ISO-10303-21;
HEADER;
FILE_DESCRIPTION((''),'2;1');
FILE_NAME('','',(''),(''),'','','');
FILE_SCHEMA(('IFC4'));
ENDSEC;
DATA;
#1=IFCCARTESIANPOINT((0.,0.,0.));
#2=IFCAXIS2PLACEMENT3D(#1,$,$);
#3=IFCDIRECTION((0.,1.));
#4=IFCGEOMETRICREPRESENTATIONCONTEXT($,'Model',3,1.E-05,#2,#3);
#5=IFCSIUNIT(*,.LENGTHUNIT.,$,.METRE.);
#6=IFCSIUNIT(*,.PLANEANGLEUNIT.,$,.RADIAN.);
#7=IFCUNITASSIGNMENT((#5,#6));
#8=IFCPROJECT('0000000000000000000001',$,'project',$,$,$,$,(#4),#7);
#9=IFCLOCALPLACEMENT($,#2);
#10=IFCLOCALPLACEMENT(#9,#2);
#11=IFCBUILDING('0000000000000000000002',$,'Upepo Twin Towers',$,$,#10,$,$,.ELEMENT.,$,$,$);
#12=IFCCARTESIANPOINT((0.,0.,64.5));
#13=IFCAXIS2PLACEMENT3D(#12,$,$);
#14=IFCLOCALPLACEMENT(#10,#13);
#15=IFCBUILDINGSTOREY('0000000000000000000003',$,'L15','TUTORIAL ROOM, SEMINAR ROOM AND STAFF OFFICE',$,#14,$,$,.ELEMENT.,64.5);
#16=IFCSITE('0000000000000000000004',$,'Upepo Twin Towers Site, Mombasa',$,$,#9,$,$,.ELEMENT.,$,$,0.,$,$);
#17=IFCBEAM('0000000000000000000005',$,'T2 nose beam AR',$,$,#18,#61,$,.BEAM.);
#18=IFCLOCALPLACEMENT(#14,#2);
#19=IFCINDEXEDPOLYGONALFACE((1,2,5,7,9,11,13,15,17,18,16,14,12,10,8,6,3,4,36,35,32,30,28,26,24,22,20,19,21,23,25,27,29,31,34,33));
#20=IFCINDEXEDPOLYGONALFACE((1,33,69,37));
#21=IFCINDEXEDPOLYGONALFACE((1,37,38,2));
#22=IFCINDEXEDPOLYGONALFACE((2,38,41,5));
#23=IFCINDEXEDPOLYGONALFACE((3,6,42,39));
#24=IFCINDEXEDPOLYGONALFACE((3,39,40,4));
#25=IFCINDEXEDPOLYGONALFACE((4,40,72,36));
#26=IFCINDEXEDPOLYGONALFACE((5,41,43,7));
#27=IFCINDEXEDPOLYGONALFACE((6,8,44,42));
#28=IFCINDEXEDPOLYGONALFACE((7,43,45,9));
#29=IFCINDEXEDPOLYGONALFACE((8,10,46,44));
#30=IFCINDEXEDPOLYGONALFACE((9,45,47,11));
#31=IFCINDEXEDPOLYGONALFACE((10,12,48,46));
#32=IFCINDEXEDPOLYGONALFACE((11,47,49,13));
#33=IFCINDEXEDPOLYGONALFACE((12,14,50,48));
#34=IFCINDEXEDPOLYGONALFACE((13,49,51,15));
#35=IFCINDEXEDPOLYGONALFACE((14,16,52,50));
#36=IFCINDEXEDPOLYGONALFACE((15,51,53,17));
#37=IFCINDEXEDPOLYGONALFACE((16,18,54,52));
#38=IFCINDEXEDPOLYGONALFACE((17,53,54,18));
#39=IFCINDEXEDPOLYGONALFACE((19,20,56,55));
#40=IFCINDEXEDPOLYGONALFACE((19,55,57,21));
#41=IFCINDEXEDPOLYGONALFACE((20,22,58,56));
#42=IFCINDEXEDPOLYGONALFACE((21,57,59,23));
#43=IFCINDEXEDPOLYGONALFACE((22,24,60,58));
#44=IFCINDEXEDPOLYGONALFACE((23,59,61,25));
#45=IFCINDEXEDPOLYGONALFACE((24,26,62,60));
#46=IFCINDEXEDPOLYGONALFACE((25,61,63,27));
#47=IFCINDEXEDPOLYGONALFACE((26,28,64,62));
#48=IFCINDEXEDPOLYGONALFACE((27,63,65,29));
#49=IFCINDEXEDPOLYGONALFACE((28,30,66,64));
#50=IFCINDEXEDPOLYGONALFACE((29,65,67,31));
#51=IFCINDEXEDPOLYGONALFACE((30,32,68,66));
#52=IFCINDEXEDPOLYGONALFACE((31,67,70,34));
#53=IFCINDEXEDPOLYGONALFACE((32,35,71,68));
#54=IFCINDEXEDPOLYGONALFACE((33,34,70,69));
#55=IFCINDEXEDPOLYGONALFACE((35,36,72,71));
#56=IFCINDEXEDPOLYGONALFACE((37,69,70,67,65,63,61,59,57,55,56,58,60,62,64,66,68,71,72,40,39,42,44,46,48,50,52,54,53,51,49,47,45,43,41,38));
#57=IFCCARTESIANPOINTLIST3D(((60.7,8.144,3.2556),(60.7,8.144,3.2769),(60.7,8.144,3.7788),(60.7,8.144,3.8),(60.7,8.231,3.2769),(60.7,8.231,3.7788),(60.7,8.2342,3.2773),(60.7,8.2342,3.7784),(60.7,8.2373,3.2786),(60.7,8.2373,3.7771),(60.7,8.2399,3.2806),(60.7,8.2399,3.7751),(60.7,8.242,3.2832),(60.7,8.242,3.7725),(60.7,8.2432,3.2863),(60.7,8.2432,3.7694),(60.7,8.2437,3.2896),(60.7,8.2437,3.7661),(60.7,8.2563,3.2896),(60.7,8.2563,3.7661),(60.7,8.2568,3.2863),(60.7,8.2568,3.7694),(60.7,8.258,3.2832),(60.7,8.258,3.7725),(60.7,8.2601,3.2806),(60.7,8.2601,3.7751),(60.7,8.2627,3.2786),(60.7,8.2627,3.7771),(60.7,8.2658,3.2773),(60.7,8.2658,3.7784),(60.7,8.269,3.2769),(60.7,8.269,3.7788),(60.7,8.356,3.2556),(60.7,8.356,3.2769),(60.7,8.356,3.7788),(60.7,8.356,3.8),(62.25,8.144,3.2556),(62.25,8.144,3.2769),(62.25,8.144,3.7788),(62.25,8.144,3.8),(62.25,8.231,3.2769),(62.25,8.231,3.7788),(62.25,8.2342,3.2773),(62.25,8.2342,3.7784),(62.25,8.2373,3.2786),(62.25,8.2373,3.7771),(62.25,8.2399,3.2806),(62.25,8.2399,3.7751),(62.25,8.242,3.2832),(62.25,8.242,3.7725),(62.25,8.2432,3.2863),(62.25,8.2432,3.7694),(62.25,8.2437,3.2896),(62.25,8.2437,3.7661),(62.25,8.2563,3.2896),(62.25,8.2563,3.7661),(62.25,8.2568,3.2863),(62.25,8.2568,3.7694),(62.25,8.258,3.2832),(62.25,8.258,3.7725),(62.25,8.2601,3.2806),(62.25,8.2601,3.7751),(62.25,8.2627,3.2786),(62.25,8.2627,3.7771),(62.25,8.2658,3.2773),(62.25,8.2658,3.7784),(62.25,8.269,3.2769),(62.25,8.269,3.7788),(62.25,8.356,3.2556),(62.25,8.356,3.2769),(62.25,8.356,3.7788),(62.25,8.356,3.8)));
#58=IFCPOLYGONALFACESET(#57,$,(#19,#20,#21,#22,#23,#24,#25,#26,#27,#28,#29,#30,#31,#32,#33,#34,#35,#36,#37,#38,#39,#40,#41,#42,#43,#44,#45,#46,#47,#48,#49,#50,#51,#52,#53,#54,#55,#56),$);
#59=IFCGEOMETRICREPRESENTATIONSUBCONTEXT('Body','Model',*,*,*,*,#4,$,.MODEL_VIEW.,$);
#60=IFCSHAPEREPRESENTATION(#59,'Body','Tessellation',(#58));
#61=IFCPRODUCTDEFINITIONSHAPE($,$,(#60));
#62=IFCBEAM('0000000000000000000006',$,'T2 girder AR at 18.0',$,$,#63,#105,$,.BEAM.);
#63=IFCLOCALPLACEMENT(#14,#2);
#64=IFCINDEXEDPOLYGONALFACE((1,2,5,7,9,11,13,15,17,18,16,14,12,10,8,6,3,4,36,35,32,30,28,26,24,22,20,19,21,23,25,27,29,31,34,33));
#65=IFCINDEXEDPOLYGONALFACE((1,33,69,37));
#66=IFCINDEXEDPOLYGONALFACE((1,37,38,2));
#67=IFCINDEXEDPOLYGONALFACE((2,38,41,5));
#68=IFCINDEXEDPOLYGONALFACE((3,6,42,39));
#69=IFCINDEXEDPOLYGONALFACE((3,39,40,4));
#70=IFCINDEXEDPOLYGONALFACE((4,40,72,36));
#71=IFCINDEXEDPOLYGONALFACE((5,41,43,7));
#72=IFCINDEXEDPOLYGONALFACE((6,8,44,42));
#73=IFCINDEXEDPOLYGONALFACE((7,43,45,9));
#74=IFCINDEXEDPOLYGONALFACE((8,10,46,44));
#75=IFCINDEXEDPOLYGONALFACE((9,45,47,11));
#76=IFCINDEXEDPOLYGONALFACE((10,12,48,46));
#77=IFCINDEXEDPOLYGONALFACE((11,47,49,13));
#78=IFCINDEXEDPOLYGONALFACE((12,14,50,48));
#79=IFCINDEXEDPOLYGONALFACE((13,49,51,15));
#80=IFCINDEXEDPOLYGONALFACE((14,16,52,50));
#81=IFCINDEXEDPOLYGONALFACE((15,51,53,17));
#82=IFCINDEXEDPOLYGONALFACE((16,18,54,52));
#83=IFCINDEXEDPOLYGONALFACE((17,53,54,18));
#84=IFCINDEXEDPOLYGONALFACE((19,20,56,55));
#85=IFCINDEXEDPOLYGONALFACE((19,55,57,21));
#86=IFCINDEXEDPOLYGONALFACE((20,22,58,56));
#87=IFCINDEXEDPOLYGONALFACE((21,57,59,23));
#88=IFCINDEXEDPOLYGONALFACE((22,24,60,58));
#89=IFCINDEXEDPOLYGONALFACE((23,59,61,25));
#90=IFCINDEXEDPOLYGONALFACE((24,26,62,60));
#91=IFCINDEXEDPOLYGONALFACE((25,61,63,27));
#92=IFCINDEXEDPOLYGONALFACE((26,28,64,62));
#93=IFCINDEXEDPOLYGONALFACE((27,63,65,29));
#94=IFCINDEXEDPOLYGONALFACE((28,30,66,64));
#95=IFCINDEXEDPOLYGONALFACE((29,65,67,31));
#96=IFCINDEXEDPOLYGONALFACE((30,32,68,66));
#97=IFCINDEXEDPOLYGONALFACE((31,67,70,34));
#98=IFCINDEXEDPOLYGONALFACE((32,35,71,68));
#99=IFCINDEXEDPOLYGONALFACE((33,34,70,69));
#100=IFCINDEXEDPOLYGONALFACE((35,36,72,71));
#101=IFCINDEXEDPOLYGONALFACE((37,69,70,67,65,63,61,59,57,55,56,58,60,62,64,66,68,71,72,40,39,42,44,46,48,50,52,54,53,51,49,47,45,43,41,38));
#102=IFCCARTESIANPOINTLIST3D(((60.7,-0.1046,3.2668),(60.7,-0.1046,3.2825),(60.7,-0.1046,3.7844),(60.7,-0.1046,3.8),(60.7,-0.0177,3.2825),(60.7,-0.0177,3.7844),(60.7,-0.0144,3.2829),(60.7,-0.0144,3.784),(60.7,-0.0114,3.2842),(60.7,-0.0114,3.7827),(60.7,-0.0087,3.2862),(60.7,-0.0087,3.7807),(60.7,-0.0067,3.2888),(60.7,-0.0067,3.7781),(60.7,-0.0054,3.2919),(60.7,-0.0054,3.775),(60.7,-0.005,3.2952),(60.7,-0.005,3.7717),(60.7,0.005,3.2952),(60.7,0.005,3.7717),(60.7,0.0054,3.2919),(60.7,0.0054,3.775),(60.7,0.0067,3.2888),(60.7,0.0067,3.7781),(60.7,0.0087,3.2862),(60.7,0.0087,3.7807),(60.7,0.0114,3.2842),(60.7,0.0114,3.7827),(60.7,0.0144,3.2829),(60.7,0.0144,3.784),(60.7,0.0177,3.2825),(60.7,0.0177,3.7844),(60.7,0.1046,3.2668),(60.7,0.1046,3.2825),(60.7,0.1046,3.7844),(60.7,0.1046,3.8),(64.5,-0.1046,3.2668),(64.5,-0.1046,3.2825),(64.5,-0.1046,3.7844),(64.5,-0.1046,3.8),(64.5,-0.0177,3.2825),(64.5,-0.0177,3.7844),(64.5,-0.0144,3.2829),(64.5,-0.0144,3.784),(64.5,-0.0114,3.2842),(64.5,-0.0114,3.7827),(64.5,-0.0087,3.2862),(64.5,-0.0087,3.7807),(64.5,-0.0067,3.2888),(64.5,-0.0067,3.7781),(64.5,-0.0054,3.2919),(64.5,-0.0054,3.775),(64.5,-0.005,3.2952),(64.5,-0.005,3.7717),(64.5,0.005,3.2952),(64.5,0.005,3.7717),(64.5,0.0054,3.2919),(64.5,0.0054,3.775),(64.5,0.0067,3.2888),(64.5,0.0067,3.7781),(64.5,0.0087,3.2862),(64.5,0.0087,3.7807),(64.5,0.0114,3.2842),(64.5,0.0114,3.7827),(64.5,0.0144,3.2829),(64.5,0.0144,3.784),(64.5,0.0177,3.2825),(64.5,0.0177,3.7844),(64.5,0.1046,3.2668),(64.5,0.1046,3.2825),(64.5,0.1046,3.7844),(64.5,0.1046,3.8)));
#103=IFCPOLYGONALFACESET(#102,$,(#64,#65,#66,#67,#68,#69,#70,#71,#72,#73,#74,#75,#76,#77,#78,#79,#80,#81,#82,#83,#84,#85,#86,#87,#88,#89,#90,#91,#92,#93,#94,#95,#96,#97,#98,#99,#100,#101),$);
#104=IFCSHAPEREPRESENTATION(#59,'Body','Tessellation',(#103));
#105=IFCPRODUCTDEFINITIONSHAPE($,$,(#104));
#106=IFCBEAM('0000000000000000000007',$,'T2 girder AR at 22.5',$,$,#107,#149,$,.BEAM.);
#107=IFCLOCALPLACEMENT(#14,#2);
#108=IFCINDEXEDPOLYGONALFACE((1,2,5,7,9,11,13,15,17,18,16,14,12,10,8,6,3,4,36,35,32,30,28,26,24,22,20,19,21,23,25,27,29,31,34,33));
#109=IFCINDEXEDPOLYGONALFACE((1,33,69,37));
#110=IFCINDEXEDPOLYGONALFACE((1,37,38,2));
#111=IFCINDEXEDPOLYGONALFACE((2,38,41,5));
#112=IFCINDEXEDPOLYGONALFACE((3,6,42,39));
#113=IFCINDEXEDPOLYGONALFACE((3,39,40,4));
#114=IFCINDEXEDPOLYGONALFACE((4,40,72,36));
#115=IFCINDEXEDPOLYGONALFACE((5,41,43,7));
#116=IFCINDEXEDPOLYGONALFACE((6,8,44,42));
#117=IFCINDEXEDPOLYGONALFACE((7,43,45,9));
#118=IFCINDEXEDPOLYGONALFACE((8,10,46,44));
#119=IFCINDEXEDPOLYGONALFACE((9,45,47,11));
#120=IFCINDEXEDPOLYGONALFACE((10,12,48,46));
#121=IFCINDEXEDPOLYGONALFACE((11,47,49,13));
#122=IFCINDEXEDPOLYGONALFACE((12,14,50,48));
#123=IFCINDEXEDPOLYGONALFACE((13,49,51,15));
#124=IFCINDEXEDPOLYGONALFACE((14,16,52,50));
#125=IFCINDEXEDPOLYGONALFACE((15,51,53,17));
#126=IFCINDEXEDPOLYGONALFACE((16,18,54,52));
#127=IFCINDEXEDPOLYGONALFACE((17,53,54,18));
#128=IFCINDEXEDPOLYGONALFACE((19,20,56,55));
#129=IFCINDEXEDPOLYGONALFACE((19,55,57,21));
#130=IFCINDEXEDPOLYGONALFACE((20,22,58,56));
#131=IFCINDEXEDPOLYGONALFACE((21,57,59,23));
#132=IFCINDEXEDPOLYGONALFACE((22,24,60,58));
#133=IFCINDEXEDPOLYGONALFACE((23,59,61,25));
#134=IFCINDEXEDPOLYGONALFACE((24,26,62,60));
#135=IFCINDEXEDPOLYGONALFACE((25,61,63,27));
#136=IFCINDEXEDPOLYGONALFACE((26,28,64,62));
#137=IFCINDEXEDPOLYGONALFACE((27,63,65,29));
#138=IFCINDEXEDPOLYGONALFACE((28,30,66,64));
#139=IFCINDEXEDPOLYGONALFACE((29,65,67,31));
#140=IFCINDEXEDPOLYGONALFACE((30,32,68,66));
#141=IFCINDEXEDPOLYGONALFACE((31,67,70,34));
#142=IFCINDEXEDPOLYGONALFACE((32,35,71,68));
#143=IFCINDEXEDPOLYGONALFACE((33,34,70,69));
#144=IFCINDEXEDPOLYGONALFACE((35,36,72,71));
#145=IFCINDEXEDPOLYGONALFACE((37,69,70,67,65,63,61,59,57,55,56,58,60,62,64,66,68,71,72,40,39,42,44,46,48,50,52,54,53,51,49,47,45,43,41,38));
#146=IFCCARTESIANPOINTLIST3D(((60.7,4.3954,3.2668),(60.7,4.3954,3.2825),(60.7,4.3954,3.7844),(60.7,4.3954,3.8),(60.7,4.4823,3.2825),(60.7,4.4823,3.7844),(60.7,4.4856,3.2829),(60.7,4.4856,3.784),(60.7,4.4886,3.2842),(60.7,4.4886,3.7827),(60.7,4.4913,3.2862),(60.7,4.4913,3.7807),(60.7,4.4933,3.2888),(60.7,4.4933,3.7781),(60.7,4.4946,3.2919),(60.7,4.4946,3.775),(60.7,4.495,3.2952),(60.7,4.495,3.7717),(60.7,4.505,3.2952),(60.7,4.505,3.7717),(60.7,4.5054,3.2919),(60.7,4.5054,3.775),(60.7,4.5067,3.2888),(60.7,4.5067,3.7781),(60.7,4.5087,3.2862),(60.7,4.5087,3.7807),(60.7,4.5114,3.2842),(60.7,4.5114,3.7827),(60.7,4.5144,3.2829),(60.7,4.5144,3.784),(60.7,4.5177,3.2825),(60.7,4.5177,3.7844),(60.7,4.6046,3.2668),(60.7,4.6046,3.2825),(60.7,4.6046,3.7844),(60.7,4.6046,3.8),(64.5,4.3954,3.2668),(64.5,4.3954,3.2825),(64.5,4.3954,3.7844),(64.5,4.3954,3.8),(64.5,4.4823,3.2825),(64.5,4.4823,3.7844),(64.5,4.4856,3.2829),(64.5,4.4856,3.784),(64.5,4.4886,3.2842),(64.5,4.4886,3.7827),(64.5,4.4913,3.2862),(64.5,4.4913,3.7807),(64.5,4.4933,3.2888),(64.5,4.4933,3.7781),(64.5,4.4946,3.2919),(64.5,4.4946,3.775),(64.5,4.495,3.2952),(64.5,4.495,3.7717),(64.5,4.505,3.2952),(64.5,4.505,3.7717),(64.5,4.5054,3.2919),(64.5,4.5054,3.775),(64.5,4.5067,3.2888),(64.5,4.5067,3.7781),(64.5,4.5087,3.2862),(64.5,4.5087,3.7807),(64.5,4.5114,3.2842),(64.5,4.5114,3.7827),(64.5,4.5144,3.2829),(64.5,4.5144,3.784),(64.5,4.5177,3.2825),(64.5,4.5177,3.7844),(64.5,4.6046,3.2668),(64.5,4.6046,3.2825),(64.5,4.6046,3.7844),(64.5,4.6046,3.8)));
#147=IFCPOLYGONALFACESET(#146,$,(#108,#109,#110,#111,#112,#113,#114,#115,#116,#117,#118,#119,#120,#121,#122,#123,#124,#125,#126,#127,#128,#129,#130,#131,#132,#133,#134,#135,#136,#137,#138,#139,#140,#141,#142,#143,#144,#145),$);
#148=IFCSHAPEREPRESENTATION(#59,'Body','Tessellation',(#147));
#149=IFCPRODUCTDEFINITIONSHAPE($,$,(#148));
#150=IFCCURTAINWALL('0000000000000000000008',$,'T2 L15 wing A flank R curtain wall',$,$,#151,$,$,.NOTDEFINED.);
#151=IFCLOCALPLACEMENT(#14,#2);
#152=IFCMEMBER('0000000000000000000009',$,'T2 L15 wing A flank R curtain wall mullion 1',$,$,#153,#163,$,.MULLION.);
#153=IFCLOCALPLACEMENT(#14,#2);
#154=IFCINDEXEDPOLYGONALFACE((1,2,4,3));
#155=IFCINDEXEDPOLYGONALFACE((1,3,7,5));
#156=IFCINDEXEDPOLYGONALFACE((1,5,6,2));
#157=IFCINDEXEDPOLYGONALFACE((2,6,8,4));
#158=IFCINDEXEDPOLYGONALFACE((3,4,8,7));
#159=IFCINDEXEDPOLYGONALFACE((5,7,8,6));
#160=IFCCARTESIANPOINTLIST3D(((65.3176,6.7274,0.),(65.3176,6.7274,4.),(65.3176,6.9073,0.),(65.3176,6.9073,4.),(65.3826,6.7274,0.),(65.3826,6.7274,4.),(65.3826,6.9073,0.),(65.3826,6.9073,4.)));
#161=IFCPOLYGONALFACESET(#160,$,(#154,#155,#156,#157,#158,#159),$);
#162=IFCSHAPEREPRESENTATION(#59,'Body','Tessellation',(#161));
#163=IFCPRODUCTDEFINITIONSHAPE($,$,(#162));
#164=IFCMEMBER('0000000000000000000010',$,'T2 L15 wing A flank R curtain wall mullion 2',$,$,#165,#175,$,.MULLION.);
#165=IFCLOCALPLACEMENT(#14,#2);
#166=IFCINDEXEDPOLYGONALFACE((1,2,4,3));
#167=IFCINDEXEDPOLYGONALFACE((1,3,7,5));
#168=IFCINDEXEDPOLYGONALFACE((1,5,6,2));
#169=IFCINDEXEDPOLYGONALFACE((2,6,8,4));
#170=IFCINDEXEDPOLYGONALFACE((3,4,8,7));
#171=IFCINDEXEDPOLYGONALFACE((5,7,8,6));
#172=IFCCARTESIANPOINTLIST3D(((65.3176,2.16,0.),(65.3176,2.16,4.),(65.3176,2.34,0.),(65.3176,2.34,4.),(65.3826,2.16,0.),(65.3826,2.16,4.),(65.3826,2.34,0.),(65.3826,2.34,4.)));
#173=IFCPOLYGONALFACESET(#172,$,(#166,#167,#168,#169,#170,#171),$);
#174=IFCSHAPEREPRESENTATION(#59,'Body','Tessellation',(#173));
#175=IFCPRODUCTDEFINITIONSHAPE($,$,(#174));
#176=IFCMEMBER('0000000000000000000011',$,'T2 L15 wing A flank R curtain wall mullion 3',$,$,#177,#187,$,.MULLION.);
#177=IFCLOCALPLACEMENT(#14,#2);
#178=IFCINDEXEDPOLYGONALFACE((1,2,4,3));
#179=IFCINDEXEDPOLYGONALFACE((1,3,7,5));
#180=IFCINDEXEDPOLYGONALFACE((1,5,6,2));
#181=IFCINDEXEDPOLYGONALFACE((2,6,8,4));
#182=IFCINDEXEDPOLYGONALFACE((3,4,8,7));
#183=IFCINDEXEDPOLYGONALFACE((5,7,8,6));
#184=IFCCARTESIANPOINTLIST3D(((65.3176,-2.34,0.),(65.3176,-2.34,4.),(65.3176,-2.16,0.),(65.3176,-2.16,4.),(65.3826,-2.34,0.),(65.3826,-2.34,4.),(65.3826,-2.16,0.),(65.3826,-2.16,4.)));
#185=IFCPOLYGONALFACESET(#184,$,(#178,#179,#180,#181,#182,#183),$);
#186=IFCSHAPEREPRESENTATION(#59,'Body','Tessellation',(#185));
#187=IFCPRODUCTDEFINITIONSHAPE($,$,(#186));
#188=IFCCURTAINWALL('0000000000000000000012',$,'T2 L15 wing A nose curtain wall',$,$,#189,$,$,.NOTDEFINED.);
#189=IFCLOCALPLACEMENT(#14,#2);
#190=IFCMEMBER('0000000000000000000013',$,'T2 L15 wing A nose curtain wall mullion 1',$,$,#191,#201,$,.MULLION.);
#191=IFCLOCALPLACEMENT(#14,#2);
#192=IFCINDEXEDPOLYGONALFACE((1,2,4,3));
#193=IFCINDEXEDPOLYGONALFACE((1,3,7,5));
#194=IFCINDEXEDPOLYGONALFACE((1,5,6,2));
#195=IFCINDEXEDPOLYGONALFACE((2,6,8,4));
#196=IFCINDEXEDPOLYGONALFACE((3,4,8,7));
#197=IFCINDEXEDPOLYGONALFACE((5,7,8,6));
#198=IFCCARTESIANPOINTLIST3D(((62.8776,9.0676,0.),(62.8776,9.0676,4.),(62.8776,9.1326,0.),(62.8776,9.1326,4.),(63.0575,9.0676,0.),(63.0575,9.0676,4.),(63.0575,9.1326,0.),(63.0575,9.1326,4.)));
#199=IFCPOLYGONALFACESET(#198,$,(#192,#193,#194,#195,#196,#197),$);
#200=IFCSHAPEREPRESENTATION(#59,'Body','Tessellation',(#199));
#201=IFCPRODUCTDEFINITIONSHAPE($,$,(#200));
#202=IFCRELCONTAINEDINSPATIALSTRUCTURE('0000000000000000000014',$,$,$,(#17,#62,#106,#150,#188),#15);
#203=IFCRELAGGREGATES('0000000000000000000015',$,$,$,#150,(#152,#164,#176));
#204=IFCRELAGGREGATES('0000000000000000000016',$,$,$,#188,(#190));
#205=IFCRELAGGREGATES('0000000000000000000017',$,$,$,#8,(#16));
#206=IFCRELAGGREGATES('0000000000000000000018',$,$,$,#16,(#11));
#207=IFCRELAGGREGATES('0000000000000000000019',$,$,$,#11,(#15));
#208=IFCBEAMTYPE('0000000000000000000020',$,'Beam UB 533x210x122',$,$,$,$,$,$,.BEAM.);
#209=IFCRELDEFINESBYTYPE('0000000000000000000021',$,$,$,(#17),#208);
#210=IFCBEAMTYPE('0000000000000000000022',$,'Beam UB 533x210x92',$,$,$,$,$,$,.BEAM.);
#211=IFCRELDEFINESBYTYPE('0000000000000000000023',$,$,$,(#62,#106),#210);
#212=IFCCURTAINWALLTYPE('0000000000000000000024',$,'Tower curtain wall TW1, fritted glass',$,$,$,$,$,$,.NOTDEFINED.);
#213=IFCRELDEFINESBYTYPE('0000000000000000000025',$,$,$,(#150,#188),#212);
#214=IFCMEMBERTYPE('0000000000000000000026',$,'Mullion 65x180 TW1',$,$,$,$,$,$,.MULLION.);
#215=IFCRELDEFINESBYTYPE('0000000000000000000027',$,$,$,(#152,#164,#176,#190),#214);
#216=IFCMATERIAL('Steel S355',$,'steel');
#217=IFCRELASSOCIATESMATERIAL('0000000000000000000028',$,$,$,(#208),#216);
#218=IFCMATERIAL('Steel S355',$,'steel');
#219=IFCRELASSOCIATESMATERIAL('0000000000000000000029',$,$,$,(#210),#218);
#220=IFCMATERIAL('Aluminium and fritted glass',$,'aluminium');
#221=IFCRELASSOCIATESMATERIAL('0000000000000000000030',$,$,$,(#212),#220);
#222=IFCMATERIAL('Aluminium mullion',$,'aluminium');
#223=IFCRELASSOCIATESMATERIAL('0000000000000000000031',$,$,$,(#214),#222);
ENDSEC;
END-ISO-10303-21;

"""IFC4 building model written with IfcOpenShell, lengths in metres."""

from ifc_helpers import new_model, si_unit, direction, frame, origin, origin_2d, place, context, subcontext, project, spatial, rectangle, i_section, extrude, material, material_profile, profile_set, type_object, element, aggregate, save


model = new_model("IFC4")

# Units and contexts
model_context = context("Model", 3, precision=1e-05, world=origin(), true_north=direction((0.0, 1.0)))
body_context = subcontext(model_context, "Body", "Model", "MODEL_VIEW")
ifc_project = project(units=[si_unit("LENGTHUNIT", "METRE"), si_unit("PLANEANGLEUNIT", "RADIAN")], contexts=[model_context])

# Site, building, storey
site_placement = place(None, origin())
site = spatial("IfcSite", under=ifc_project, at=site_placement, Name="Upepo Twin Towers Site, Mombasa", CompositionType="ELEMENT", RefElevation=0.0)
building_placement = place(site_placement, origin())
building = spatial("IfcBuilding", under=site, at=building_placement, Name="Upepo Twin Towers", CompositionType="ELEMENT")
storey_placement = place(building_placement, frame((0.0, 0.0, 64.5)))
storey = spatial("IfcBuildingStorey", under=building, at=storey_placement, Name="L15", Description="TUTORIAL ROOM, SEMINAR ROOM AND STAFF OFFICE", CompositionType="ELEMENT", Elevation=64.5)

# Beams
ifc_material_1 = material(Name="Steel S355", Category="steel")
ifc_material_profile_1 = material_profile(ifc_material_1, i_section(OverallWidth=0.2119, OverallDepth=0.5444, WebThickness=0.0127, FlangeThickness=0.0212, FilletRadius=0.0127, at=origin_2d()), Name="UB 533x210x122")
ifc_profile_set_1 = profile_set([ifc_material_profile_1], Name="Steel S355")
beam_type_1 = type_object("IfcBeamType", Name="Beam UB 533x210x122", PredefinedType="BEAM", material=ifc_profile_set_1)
beam_1_placement = place(storey_placement, frame((62.25, 8.25, 3.5278), z_axis=(-1.0, 0.0, 0.0), x_axis=(0.0, -1.0, 0.0)))
element("IfcBeam", 1, at=beam_1_placement, inside=storey, type_object=beam_type_1, Name="T2 nose beam AR", PredefinedType="BEAM", context=body_context, shape_type="SweptSolid", body=[
    extrude(i_section(OverallWidth=0.2119, OverallDepth=0.5444, WebThickness=0.0127, FlangeThickness=0.0212, FilletRadius=0.0127, at=origin_2d()), origin(), (0.0, 0.0, 1.0), 1.55),
])
ifc_material_2 = material(Name="Steel S355", Category="steel")
ifc_material_profile_2 = material_profile(ifc_material_2, i_section(OverallWidth=0.2092, OverallDepth=0.5332, WebThickness=0.01, FlangeThickness=0.0156, FilletRadius=0.0127, at=origin_2d()), Name="UB 533x210x92")
ifc_profile_set_2 = profile_set([ifc_material_profile_2], Name="Steel S355")
beam_type_2 = type_object("IfcBeamType", Name="Beam UB 533x210x92", PredefinedType="BEAM", material=ifc_profile_set_2)
for number, where, z_axis, x_axis, name in (
    (2, (64.5, 0.0, 3.5334), (-1.0, 0.0, 0.0), (0.0, -1.0, 0.0), "T2 girder AR at 18.0"),
    (3, (64.5, 4.5, 3.5334), (-1.0, 0.0, 0.0), (0.0, -1.0, 0.0), "T2 girder AR at 22.5"),
):
    element("IfcBeam", number, at=place(storey_placement, frame(where, z_axis=z_axis, x_axis=x_axis)), inside=storey, type_object=beam_type_2, Name=name, PredefinedType="BEAM", context=body_context, shape_type="SweptSolid", body=[
        extrude(i_section(OverallWidth=0.2092, OverallDepth=0.5332, WebThickness=0.01, FlangeThickness=0.0156, FilletRadius=0.0127, at=origin_2d()), origin(), (0.0, 0.0, 1.0), 3.8),
    ])

# Curtain walls, members
ifc_material_3 = material(Name="Aluminium and fritted glass", Category="aluminium")
curtain_wall_type = type_object("IfcCurtainWallType", Name="Tower curtain wall TW1, fritted glass", PredefinedType="NOTDEFINED", material=ifc_material_3)
curtain_wall_1_placement = place(storey_placement, origin())
curtain_wall_1 = element("IfcCurtainWall", 4, at=curtain_wall_1_placement, inside=storey, type_object=curtain_wall_type, Name="T2 L15 wing A flank R curtain wall", PredefinedType="NOTDEFINED")
ifc_material_4 = material(Name="Aluminium mullion", Category="aluminium")
ifc_material_profile_3 = material_profile(ifc_material_4, rectangle(XDim=0.0649, YDim=0.1799, at=origin_2d()), Name="MULLION 65x180")
ifc_profile_set_3 = profile_set([ifc_material_profile_3], Name="Aluminium mullion")
member_type_1 = type_object("IfcMemberType", Name="Mullion 65x180 TW1", PredefinedType="MULLION", material=ifc_profile_set_3)
member_1_placement = place(storey_placement, frame((65.3501, 6.8174, 0.0), z_axis=(0.0, 0.0, 1.0), x_axis=(1.0, 0.0, 0.0)))
member_1 = element("IfcMember", 5, at=member_1_placement, type_object=member_type_1, Name="T2 L15 wing A flank R curtain wall mullion 1", PredefinedType="MULLION", context=body_context, shape_type="SweptSolid", body=[
    extrude(rectangle(XDim=0.0649, YDim=0.1799, at=origin_2d()), origin(), (0.0, 0.0, 1.0), 4.0),
])
member_2_placement = place(storey_placement, frame((65.3501, 2.25, 0.0), z_axis=(0.0, 0.0, 1.0), x_axis=(1.0, 0.0, 0.0)))
member_2 = element("IfcMember", 6, at=member_2_placement, type_object=member_type_1, Name="T2 L15 wing A flank R curtain wall mullion 2", PredefinedType="MULLION", context=body_context, shape_type="SweptSolid", body=[
    extrude(rectangle(XDim=0.0649, YDim=0.1799, at=origin_2d()), origin(), (0.0, 0.0, 1.0), 4.0),
])
member_3_placement = place(storey_placement, frame((65.3501, -2.25, 0.0), z_axis=(0.0, 0.0, 1.0), x_axis=(1.0, 0.0, 0.0)))
member_3 = element("IfcMember", 7, at=member_3_placement, type_object=member_type_1, Name="T2 L15 wing A flank R curtain wall mullion 3", PredefinedType="MULLION", context=body_context, shape_type="SweptSolid", body=[
    extrude(rectangle(XDim=0.0649, YDim=0.1799, at=origin_2d()), origin(), (0.0, 0.0, 1.0), 4.0),
])
curtain_wall_2_placement = place(storey_placement, origin())
curtain_wall_2 = element("IfcCurtainWall", 8, at=curtain_wall_2_placement, inside=storey, type_object=curtain_wall_type, Name="T2 L15 wing A nose curtain wall", PredefinedType="NOTDEFINED")
member_4_placement = place(storey_placement, frame((62.9675, 9.1001, 0.0), z_axis=(0.0, 0.0, 1.0), x_axis=(0.0, -1.0, 0.0)))
member_4 = element("IfcMember", 9, at=member_4_placement, type_object=member_type_1, Name="T2 L15 wing A nose curtain wall mullion 1", PredefinedType="MULLION", context=body_context, shape_type="SweptSolid", body=[
    extrude(rectangle(XDim=0.0649, YDim=0.1799, at=origin_2d()), origin(), (0.0, 0.0, 1.0), 4.0),
])

aggregate(curtain_wall_1, [member_1, member_2, member_3])
aggregate(curtain_wall_2, [member_4])

save(model, "model.ifc")
